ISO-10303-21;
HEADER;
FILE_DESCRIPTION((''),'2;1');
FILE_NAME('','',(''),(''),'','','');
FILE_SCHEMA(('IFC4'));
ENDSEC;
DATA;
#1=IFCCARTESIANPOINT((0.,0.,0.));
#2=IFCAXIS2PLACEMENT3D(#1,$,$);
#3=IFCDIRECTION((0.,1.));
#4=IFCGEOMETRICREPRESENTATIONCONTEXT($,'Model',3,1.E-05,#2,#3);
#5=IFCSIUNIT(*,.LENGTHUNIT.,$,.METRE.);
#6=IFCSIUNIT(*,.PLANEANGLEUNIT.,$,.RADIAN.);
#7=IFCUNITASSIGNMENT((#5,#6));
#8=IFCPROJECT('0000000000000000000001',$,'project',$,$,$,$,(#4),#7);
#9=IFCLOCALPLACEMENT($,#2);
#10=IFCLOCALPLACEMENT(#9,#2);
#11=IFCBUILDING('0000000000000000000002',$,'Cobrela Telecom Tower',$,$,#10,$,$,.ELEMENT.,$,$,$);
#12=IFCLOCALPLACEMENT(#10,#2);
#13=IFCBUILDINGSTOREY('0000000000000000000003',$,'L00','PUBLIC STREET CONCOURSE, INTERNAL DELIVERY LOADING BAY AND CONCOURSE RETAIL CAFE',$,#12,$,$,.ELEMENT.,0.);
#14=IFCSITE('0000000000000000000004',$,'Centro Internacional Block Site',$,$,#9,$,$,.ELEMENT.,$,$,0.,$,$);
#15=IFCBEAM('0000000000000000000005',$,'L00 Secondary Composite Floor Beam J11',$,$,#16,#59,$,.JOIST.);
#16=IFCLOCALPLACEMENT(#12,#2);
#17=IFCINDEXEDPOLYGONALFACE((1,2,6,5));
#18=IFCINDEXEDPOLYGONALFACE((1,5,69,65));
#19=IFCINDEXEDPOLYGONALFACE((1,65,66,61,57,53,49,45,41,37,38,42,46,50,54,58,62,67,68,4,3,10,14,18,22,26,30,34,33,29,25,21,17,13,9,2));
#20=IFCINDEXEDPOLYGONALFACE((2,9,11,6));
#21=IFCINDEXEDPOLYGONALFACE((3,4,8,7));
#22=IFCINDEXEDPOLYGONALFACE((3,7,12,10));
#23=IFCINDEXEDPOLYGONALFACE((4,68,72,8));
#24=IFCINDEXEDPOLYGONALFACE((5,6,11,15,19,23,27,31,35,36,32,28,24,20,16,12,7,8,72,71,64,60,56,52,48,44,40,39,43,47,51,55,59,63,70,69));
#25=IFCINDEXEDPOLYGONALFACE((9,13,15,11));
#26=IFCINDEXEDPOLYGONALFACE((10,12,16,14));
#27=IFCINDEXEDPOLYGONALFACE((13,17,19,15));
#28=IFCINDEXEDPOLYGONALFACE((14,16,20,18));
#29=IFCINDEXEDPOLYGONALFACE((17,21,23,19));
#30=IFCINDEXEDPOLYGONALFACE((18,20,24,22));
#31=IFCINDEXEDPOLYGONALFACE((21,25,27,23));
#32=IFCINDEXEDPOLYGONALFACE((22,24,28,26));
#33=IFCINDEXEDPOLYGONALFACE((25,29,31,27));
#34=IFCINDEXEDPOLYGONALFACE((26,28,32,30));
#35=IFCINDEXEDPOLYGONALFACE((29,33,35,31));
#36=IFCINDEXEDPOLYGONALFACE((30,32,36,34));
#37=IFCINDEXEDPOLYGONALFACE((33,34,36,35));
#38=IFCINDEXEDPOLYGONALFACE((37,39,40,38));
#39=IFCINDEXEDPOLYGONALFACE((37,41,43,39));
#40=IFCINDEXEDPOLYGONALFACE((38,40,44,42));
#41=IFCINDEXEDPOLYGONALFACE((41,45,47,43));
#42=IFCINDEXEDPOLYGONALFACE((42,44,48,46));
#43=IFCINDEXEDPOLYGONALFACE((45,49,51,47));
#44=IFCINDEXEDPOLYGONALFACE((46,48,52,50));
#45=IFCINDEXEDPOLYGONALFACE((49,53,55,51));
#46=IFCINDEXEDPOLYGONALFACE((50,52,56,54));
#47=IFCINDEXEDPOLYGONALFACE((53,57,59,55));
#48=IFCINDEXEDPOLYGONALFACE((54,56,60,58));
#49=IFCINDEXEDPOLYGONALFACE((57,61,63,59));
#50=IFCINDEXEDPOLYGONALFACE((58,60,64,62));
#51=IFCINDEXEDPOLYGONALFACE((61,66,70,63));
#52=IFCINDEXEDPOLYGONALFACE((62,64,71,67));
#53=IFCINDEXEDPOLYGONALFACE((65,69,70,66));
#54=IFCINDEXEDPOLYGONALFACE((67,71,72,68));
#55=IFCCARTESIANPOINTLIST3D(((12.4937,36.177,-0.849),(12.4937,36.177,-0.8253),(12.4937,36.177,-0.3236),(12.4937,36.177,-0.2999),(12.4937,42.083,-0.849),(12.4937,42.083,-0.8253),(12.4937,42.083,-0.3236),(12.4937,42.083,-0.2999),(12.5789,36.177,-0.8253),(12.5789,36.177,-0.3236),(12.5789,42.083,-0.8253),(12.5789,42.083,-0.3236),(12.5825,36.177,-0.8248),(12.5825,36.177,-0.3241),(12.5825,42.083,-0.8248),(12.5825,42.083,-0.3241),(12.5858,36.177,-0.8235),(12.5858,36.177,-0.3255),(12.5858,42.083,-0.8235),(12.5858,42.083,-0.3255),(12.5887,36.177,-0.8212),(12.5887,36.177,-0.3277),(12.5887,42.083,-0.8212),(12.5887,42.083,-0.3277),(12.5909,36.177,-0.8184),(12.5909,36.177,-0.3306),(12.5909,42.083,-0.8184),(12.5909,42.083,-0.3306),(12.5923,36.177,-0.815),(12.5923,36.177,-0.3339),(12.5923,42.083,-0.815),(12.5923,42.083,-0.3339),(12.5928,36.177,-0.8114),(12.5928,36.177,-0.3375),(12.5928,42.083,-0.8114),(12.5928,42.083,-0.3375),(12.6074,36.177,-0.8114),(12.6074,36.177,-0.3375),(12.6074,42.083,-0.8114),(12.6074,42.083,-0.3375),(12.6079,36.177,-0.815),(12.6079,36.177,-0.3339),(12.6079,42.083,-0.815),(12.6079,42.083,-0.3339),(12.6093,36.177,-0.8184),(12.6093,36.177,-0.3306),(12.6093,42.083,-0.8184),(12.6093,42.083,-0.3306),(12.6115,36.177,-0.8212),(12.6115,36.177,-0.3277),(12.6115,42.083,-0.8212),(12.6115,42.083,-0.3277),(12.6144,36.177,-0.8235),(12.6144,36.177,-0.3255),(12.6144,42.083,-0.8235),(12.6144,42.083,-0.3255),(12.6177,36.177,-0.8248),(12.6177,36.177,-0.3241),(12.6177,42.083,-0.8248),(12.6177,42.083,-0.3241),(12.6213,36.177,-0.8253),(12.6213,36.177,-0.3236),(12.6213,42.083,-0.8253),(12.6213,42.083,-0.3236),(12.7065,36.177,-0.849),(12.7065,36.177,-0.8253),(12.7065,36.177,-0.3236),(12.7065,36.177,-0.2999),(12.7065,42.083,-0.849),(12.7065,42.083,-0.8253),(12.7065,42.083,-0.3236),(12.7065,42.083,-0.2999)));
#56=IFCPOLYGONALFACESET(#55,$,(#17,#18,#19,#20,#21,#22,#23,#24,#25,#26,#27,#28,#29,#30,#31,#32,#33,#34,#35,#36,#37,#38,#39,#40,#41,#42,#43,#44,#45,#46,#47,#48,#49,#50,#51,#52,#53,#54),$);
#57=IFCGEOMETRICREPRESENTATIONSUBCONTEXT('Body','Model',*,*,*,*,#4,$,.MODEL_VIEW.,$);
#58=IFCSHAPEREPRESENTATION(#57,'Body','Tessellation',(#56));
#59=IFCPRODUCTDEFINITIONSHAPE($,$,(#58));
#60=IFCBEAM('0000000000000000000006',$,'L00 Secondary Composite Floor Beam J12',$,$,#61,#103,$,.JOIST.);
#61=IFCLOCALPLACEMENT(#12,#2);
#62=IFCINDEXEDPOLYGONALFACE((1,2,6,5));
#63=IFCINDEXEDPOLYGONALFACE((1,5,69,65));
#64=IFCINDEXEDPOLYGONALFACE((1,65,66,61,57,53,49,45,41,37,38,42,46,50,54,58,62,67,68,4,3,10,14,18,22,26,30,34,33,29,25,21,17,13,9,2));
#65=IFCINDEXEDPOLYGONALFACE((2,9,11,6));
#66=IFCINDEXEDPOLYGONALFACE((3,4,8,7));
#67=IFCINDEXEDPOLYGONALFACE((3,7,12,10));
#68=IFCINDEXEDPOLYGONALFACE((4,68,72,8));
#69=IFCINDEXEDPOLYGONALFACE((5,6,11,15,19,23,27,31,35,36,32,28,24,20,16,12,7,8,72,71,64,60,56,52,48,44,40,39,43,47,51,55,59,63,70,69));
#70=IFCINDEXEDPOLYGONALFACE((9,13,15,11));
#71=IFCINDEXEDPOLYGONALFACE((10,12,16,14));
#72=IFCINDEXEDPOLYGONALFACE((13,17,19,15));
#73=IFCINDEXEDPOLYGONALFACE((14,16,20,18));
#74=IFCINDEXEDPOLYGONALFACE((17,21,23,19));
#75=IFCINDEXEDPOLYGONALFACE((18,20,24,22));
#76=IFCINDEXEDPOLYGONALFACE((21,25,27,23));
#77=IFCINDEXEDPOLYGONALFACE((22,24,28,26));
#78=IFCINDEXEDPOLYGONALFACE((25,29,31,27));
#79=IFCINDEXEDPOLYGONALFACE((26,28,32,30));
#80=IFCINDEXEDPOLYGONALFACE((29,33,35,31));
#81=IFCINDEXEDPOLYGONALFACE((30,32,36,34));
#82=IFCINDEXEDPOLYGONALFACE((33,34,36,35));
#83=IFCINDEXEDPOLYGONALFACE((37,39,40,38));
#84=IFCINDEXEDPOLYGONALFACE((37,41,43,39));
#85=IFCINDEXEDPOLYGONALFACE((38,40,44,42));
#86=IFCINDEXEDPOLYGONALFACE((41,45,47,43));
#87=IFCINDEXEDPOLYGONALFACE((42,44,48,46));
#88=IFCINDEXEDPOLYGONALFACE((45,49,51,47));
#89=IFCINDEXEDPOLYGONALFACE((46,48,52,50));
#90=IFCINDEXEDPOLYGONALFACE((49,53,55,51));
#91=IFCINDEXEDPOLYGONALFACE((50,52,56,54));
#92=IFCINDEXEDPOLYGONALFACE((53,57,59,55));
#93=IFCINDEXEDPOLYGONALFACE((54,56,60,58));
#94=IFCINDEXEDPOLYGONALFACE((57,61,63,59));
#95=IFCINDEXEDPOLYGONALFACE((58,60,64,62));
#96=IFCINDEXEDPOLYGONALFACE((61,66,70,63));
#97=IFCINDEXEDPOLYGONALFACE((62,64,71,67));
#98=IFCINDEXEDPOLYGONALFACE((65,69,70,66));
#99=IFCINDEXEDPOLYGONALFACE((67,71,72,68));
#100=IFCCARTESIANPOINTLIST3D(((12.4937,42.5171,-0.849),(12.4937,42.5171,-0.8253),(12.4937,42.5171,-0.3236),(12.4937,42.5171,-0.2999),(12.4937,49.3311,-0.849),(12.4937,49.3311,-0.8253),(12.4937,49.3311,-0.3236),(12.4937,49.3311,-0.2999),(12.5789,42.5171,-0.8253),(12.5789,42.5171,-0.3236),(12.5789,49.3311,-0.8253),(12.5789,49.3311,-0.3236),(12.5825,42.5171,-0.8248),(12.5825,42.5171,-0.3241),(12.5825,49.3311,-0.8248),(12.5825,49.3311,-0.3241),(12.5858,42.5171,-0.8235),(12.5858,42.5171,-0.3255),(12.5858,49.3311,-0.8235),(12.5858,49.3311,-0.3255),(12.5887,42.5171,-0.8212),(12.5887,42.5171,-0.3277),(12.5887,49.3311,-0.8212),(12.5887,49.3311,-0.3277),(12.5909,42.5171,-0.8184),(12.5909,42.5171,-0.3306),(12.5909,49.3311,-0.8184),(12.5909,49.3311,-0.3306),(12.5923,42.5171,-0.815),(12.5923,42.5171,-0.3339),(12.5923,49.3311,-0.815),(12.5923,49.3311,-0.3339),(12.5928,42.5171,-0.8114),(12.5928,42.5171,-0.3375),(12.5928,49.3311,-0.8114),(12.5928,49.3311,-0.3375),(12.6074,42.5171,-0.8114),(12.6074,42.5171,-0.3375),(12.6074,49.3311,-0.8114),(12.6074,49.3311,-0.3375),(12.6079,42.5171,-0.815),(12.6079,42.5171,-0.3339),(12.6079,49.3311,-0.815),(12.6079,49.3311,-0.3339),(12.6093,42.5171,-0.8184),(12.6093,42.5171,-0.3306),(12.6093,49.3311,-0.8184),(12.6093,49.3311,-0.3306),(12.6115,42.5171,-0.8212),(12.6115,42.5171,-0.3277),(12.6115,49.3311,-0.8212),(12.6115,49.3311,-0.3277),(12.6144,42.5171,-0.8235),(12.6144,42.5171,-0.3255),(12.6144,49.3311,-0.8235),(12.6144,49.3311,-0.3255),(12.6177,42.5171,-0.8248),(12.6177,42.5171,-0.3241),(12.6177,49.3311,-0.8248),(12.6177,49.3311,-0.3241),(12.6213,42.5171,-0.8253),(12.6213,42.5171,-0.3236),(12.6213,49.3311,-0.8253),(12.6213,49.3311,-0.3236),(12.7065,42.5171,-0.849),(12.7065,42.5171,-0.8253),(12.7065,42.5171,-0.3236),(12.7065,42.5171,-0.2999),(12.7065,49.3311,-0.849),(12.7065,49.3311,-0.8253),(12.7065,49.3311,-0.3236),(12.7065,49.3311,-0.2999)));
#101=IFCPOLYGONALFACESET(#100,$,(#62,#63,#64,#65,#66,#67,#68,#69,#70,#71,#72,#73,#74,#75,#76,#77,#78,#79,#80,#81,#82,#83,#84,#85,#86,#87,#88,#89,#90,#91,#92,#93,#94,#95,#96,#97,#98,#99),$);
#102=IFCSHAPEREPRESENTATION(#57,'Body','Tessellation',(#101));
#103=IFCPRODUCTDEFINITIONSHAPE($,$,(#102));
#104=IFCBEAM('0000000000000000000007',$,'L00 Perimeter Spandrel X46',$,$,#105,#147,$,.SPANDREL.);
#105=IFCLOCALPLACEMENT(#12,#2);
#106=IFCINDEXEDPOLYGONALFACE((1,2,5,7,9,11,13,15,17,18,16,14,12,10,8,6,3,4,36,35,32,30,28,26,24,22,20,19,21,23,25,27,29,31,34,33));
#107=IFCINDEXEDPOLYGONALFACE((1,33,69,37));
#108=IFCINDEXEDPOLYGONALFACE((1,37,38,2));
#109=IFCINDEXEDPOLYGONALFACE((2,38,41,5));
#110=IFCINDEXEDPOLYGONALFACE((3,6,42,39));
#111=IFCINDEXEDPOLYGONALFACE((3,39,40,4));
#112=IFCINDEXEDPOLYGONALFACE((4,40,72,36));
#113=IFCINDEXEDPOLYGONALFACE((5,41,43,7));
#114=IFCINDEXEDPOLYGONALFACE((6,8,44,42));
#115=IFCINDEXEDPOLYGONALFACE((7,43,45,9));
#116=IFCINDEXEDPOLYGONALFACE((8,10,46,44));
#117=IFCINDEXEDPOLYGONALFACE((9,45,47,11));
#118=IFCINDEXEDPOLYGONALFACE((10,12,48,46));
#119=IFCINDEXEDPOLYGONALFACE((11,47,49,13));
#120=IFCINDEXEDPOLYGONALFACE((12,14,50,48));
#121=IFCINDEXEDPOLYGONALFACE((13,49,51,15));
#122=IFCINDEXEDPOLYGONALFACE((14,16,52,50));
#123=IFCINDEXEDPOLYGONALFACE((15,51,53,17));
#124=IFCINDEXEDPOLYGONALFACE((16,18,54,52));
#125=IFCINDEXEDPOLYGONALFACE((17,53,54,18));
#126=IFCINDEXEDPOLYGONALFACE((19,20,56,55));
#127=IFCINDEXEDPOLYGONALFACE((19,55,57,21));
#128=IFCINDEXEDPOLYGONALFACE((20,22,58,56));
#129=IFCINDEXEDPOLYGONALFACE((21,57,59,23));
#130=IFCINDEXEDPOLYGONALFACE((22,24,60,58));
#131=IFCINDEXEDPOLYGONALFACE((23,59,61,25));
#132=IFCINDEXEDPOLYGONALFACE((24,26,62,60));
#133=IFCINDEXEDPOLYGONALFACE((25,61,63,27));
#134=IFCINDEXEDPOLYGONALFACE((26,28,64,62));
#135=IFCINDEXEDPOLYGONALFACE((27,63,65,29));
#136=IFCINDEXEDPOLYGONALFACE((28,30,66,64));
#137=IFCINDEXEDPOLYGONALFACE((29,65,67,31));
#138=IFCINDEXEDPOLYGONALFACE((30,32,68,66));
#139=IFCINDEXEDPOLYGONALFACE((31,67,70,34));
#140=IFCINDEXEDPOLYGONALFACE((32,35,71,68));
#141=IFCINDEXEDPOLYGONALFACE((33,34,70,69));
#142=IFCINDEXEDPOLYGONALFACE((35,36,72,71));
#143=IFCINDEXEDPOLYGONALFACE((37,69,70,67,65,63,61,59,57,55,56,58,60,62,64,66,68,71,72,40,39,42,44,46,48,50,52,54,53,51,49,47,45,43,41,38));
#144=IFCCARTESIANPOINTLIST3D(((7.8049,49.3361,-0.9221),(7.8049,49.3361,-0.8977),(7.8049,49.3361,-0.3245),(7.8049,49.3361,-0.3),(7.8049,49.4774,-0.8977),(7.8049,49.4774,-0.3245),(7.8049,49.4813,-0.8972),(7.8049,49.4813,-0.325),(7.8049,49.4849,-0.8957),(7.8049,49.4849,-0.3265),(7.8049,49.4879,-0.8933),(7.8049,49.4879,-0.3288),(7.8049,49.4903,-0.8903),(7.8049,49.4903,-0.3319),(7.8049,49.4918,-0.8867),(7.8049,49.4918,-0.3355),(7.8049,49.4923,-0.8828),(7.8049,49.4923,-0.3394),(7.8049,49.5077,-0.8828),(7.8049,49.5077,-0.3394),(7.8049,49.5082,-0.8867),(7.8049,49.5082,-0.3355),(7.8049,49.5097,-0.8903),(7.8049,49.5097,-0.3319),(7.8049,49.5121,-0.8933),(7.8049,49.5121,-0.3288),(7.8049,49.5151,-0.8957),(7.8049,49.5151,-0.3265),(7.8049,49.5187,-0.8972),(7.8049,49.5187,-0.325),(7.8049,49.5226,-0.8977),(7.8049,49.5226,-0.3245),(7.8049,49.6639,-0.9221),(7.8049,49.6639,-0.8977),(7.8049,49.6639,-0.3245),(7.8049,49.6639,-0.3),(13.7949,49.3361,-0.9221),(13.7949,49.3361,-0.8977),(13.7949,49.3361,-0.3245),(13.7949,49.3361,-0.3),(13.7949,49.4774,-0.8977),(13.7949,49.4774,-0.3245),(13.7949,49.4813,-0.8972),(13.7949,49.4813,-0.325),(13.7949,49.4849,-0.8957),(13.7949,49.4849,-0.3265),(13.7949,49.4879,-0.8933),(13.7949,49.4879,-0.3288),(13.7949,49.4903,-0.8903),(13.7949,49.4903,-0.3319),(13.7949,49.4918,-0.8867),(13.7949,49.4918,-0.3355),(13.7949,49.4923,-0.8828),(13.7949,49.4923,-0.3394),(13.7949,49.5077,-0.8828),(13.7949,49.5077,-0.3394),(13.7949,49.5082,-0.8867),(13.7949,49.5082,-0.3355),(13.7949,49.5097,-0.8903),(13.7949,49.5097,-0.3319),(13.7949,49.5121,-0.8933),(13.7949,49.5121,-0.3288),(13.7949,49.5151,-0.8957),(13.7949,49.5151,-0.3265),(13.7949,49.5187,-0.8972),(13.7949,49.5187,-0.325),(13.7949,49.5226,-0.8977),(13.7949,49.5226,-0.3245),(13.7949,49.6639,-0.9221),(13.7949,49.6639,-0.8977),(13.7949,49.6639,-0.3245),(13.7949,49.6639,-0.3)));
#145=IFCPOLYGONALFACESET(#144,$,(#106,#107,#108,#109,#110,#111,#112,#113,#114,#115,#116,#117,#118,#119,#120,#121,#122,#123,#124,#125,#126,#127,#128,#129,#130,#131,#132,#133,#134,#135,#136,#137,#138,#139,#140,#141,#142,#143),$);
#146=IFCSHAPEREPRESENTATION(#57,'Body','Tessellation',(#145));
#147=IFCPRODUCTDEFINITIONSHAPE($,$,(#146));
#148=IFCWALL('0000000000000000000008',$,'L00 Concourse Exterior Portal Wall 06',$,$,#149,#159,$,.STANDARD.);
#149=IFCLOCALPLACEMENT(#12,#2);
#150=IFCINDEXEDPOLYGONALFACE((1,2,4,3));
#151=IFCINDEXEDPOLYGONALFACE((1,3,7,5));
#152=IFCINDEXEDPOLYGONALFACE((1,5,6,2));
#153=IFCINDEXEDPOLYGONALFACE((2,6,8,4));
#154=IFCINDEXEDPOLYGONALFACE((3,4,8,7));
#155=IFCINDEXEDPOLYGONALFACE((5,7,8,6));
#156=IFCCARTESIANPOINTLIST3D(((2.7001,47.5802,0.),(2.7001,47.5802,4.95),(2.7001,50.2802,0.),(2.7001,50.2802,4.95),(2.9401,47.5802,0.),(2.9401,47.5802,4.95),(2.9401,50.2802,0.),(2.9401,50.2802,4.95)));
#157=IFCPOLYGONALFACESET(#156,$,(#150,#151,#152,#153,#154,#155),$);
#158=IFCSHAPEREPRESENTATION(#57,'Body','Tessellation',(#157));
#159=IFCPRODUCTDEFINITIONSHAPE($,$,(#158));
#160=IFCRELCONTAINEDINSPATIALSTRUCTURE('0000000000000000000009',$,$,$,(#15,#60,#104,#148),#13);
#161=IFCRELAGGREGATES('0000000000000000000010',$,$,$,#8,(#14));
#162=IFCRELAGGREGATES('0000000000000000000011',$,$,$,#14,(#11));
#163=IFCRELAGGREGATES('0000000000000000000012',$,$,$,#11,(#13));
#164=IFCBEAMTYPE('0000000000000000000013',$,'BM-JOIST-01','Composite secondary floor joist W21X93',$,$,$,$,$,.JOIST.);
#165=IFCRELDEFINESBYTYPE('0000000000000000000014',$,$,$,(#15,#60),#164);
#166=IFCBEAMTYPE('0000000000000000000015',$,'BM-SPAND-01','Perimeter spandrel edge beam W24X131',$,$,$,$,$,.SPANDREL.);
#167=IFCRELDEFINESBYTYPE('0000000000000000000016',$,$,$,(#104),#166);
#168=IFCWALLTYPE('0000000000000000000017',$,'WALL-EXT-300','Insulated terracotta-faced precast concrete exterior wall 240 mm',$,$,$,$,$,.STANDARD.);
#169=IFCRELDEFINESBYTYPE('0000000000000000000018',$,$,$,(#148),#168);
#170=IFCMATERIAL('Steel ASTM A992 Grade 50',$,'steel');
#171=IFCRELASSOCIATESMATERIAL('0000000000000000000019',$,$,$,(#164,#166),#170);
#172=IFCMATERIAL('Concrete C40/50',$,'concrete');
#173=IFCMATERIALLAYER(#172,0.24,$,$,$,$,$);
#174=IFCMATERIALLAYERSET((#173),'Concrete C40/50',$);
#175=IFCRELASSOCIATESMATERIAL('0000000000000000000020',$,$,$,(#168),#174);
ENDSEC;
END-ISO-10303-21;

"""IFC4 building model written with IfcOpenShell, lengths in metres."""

from ifc_helpers import new_model, si_unit, direction, frame, frame_2d, origin, origin_2d, place, context, subcontext, project, spatial, rectangle, i_section, extrude, material, layer, layer_set, material_profile, profile_set, type_object, element, save


model = new_model("IFC4")

# Units and contexts
model_context = context("Model", 3, precision=1e-05, world=origin(), true_north=direction((0.0, 1.0)))
body_context = subcontext(model_context, "Body", "Model", "MODEL_VIEW")
ifc_project = project(units=[si_unit("LENGTHUNIT", "METRE"), si_unit("PLANEANGLEUNIT", "RADIAN")], contexts=[model_context])

# Site, building, storey
site_placement = place(None, origin())
site = spatial("IfcSite", under=ifc_project, at=site_placement, Name="Centro Internacional Block Site", CompositionType="ELEMENT", RefElevation=0.0)
building_placement = place(site_placement, origin())
building = spatial("IfcBuilding", under=site, at=building_placement, Name="Cobrela Telecom Tower", CompositionType="ELEMENT")
storey_placement = place(building_placement, origin())
storey = spatial("IfcBuildingStorey", under=building, at=storey_placement, Name="L00", Description="PUBLIC STREET CONCOURSE, INTERNAL DELIVERY LOADING BAY AND CONCOURSE RETAIL CAFE", CompositionType="ELEMENT", Elevation=0.0)

# Shared definitions
ifc_material_1 = material(Name="Concrete C40/50", Category="concrete")

# Beams
ifc_material_2 = material(Name="Steel ASTM A992 Grade 50", Category="steel")
ifc_material_profile_1 = material_profile(ifc_material_2, i_section(OverallWidth=0.2129, OverallDepth=0.5491, WebThickness=0.0146, FlangeThickness=0.0237, FilletRadius=0.0139, at=origin_2d()), Name="W21X93")
ifc_profile_set_1 = profile_set([ifc_material_profile_1], Name="Steel ASTM A992 Grade 50")
beam_type_1 = type_object("IfcBeamType", Name="BM-JOIST-01", Description="Composite secondary floor joist W21X93", PredefinedType="JOIST", material=ifc_profile_set_1)
beam_1_placement = place(storey_placement, frame((12.6001, 36.177, -0.5745), z_axis=(0.0, 1.0, 0.0), x_axis=(-1.0, 0.0, 0.0)))
element("IfcBeam", 1, at=beam_1_placement, inside=storey, type_object=beam_type_1, Name="L00 Secondary Composite Floor Beam J11", PredefinedType="JOIST", context=body_context, shape_type="SweptSolid", body=[
    extrude(i_section(OverallWidth=0.2129, OverallDepth=0.5491, WebThickness=0.0146, FlangeThickness=0.0237, FilletRadius=0.0139, at=origin_2d()), origin(), (0.0, 0.0, 1.0), 5.906),
])
beam_2_placement = place(storey_placement, frame((12.6001, 42.5171, -0.5745), z_axis=(0.0, 1.0, 0.0), x_axis=(-1.0, 0.0, 0.0)))
element("IfcBeam", 2, at=beam_2_placement, inside=storey, type_object=beam_type_1, Name="L00 Secondary Composite Floor Beam J12", PredefinedType="JOIST", context=body_context, shape_type="SweptSolid", body=[
    extrude(i_section(OverallWidth=0.2129, OverallDepth=0.5491, WebThickness=0.0146, FlangeThickness=0.0237, FilletRadius=0.0139, at=origin_2d()), origin(), (0.0, 0.0, 1.0), 6.814),
])
ifc_material_profile_2 = material_profile(ifc_material_2, i_section(OverallWidth=0.3279, OverallDepth=0.6221, WebThickness=0.0154, FlangeThickness=0.0244, FilletRadius=0.0149, at=origin_2d()), Name="W24X131")
ifc_profile_set_2 = profile_set([ifc_material_profile_2], Name="Steel ASTM A992 Grade 50")
beam_type_2 = type_object("IfcBeamType", Name="BM-SPAND-01", Description="Perimeter spandrel edge beam W24X131", PredefinedType="SPANDREL", material=ifc_profile_set_2)
beam_3_placement = place(storey_placement, frame((7.8049, 49.5, -0.6111), z_axis=(1.0, 0.0, 0.0), x_axis=(0.0, 1.0, 0.0)))
element("IfcBeam", 3, at=beam_3_placement, inside=storey, type_object=beam_type_2, Name="L00 Perimeter Spandrel X46", PredefinedType="SPANDREL", context=body_context, shape_type="SweptSolid", body=[
    extrude(i_section(OverallWidth=0.3279, OverallDepth=0.6221, WebThickness=0.0154, FlangeThickness=0.0244, FilletRadius=0.0149, at=origin_2d()), origin(), (0.0, 0.0, 1.0), 5.99),
])

# Shared definitions
ifc_layer_1 = layer(ifc_material_1, 0.24)
ifc_layer_set_1 = layer_set([ifc_layer_1], Name="Concrete C40/50")
wall_type_1 = type_object("IfcWallType", Name="WALL-EXT-300", Description="Insulated terracotta-faced precast concrete exterior wall 240 mm", PredefinedType="STANDARD", material=ifc_layer_set_1)

# Wall
wall_1_placement = place(storey_placement, frame((2.8201, 47.5801, 0.0), z_axis=(0.0, 0.0, 1.0), x_axis=(0.0, 1.0, 0.0)))
element("IfcWall", 4, at=wall_1_placement, inside=storey, type_object=wall_type_1, Name="L00 Concourse Exterior Portal Wall 06", PredefinedType="STANDARD", context=body_context, shape_type="SweptSolid", body=[
    extrude(rectangle(XDim=2.7, YDim=0.24, at=frame_2d((1.3501, 0.0))), origin(), (0.0, 0.0, 1.0), 4.95),
])

save(model, "model.ifc")
